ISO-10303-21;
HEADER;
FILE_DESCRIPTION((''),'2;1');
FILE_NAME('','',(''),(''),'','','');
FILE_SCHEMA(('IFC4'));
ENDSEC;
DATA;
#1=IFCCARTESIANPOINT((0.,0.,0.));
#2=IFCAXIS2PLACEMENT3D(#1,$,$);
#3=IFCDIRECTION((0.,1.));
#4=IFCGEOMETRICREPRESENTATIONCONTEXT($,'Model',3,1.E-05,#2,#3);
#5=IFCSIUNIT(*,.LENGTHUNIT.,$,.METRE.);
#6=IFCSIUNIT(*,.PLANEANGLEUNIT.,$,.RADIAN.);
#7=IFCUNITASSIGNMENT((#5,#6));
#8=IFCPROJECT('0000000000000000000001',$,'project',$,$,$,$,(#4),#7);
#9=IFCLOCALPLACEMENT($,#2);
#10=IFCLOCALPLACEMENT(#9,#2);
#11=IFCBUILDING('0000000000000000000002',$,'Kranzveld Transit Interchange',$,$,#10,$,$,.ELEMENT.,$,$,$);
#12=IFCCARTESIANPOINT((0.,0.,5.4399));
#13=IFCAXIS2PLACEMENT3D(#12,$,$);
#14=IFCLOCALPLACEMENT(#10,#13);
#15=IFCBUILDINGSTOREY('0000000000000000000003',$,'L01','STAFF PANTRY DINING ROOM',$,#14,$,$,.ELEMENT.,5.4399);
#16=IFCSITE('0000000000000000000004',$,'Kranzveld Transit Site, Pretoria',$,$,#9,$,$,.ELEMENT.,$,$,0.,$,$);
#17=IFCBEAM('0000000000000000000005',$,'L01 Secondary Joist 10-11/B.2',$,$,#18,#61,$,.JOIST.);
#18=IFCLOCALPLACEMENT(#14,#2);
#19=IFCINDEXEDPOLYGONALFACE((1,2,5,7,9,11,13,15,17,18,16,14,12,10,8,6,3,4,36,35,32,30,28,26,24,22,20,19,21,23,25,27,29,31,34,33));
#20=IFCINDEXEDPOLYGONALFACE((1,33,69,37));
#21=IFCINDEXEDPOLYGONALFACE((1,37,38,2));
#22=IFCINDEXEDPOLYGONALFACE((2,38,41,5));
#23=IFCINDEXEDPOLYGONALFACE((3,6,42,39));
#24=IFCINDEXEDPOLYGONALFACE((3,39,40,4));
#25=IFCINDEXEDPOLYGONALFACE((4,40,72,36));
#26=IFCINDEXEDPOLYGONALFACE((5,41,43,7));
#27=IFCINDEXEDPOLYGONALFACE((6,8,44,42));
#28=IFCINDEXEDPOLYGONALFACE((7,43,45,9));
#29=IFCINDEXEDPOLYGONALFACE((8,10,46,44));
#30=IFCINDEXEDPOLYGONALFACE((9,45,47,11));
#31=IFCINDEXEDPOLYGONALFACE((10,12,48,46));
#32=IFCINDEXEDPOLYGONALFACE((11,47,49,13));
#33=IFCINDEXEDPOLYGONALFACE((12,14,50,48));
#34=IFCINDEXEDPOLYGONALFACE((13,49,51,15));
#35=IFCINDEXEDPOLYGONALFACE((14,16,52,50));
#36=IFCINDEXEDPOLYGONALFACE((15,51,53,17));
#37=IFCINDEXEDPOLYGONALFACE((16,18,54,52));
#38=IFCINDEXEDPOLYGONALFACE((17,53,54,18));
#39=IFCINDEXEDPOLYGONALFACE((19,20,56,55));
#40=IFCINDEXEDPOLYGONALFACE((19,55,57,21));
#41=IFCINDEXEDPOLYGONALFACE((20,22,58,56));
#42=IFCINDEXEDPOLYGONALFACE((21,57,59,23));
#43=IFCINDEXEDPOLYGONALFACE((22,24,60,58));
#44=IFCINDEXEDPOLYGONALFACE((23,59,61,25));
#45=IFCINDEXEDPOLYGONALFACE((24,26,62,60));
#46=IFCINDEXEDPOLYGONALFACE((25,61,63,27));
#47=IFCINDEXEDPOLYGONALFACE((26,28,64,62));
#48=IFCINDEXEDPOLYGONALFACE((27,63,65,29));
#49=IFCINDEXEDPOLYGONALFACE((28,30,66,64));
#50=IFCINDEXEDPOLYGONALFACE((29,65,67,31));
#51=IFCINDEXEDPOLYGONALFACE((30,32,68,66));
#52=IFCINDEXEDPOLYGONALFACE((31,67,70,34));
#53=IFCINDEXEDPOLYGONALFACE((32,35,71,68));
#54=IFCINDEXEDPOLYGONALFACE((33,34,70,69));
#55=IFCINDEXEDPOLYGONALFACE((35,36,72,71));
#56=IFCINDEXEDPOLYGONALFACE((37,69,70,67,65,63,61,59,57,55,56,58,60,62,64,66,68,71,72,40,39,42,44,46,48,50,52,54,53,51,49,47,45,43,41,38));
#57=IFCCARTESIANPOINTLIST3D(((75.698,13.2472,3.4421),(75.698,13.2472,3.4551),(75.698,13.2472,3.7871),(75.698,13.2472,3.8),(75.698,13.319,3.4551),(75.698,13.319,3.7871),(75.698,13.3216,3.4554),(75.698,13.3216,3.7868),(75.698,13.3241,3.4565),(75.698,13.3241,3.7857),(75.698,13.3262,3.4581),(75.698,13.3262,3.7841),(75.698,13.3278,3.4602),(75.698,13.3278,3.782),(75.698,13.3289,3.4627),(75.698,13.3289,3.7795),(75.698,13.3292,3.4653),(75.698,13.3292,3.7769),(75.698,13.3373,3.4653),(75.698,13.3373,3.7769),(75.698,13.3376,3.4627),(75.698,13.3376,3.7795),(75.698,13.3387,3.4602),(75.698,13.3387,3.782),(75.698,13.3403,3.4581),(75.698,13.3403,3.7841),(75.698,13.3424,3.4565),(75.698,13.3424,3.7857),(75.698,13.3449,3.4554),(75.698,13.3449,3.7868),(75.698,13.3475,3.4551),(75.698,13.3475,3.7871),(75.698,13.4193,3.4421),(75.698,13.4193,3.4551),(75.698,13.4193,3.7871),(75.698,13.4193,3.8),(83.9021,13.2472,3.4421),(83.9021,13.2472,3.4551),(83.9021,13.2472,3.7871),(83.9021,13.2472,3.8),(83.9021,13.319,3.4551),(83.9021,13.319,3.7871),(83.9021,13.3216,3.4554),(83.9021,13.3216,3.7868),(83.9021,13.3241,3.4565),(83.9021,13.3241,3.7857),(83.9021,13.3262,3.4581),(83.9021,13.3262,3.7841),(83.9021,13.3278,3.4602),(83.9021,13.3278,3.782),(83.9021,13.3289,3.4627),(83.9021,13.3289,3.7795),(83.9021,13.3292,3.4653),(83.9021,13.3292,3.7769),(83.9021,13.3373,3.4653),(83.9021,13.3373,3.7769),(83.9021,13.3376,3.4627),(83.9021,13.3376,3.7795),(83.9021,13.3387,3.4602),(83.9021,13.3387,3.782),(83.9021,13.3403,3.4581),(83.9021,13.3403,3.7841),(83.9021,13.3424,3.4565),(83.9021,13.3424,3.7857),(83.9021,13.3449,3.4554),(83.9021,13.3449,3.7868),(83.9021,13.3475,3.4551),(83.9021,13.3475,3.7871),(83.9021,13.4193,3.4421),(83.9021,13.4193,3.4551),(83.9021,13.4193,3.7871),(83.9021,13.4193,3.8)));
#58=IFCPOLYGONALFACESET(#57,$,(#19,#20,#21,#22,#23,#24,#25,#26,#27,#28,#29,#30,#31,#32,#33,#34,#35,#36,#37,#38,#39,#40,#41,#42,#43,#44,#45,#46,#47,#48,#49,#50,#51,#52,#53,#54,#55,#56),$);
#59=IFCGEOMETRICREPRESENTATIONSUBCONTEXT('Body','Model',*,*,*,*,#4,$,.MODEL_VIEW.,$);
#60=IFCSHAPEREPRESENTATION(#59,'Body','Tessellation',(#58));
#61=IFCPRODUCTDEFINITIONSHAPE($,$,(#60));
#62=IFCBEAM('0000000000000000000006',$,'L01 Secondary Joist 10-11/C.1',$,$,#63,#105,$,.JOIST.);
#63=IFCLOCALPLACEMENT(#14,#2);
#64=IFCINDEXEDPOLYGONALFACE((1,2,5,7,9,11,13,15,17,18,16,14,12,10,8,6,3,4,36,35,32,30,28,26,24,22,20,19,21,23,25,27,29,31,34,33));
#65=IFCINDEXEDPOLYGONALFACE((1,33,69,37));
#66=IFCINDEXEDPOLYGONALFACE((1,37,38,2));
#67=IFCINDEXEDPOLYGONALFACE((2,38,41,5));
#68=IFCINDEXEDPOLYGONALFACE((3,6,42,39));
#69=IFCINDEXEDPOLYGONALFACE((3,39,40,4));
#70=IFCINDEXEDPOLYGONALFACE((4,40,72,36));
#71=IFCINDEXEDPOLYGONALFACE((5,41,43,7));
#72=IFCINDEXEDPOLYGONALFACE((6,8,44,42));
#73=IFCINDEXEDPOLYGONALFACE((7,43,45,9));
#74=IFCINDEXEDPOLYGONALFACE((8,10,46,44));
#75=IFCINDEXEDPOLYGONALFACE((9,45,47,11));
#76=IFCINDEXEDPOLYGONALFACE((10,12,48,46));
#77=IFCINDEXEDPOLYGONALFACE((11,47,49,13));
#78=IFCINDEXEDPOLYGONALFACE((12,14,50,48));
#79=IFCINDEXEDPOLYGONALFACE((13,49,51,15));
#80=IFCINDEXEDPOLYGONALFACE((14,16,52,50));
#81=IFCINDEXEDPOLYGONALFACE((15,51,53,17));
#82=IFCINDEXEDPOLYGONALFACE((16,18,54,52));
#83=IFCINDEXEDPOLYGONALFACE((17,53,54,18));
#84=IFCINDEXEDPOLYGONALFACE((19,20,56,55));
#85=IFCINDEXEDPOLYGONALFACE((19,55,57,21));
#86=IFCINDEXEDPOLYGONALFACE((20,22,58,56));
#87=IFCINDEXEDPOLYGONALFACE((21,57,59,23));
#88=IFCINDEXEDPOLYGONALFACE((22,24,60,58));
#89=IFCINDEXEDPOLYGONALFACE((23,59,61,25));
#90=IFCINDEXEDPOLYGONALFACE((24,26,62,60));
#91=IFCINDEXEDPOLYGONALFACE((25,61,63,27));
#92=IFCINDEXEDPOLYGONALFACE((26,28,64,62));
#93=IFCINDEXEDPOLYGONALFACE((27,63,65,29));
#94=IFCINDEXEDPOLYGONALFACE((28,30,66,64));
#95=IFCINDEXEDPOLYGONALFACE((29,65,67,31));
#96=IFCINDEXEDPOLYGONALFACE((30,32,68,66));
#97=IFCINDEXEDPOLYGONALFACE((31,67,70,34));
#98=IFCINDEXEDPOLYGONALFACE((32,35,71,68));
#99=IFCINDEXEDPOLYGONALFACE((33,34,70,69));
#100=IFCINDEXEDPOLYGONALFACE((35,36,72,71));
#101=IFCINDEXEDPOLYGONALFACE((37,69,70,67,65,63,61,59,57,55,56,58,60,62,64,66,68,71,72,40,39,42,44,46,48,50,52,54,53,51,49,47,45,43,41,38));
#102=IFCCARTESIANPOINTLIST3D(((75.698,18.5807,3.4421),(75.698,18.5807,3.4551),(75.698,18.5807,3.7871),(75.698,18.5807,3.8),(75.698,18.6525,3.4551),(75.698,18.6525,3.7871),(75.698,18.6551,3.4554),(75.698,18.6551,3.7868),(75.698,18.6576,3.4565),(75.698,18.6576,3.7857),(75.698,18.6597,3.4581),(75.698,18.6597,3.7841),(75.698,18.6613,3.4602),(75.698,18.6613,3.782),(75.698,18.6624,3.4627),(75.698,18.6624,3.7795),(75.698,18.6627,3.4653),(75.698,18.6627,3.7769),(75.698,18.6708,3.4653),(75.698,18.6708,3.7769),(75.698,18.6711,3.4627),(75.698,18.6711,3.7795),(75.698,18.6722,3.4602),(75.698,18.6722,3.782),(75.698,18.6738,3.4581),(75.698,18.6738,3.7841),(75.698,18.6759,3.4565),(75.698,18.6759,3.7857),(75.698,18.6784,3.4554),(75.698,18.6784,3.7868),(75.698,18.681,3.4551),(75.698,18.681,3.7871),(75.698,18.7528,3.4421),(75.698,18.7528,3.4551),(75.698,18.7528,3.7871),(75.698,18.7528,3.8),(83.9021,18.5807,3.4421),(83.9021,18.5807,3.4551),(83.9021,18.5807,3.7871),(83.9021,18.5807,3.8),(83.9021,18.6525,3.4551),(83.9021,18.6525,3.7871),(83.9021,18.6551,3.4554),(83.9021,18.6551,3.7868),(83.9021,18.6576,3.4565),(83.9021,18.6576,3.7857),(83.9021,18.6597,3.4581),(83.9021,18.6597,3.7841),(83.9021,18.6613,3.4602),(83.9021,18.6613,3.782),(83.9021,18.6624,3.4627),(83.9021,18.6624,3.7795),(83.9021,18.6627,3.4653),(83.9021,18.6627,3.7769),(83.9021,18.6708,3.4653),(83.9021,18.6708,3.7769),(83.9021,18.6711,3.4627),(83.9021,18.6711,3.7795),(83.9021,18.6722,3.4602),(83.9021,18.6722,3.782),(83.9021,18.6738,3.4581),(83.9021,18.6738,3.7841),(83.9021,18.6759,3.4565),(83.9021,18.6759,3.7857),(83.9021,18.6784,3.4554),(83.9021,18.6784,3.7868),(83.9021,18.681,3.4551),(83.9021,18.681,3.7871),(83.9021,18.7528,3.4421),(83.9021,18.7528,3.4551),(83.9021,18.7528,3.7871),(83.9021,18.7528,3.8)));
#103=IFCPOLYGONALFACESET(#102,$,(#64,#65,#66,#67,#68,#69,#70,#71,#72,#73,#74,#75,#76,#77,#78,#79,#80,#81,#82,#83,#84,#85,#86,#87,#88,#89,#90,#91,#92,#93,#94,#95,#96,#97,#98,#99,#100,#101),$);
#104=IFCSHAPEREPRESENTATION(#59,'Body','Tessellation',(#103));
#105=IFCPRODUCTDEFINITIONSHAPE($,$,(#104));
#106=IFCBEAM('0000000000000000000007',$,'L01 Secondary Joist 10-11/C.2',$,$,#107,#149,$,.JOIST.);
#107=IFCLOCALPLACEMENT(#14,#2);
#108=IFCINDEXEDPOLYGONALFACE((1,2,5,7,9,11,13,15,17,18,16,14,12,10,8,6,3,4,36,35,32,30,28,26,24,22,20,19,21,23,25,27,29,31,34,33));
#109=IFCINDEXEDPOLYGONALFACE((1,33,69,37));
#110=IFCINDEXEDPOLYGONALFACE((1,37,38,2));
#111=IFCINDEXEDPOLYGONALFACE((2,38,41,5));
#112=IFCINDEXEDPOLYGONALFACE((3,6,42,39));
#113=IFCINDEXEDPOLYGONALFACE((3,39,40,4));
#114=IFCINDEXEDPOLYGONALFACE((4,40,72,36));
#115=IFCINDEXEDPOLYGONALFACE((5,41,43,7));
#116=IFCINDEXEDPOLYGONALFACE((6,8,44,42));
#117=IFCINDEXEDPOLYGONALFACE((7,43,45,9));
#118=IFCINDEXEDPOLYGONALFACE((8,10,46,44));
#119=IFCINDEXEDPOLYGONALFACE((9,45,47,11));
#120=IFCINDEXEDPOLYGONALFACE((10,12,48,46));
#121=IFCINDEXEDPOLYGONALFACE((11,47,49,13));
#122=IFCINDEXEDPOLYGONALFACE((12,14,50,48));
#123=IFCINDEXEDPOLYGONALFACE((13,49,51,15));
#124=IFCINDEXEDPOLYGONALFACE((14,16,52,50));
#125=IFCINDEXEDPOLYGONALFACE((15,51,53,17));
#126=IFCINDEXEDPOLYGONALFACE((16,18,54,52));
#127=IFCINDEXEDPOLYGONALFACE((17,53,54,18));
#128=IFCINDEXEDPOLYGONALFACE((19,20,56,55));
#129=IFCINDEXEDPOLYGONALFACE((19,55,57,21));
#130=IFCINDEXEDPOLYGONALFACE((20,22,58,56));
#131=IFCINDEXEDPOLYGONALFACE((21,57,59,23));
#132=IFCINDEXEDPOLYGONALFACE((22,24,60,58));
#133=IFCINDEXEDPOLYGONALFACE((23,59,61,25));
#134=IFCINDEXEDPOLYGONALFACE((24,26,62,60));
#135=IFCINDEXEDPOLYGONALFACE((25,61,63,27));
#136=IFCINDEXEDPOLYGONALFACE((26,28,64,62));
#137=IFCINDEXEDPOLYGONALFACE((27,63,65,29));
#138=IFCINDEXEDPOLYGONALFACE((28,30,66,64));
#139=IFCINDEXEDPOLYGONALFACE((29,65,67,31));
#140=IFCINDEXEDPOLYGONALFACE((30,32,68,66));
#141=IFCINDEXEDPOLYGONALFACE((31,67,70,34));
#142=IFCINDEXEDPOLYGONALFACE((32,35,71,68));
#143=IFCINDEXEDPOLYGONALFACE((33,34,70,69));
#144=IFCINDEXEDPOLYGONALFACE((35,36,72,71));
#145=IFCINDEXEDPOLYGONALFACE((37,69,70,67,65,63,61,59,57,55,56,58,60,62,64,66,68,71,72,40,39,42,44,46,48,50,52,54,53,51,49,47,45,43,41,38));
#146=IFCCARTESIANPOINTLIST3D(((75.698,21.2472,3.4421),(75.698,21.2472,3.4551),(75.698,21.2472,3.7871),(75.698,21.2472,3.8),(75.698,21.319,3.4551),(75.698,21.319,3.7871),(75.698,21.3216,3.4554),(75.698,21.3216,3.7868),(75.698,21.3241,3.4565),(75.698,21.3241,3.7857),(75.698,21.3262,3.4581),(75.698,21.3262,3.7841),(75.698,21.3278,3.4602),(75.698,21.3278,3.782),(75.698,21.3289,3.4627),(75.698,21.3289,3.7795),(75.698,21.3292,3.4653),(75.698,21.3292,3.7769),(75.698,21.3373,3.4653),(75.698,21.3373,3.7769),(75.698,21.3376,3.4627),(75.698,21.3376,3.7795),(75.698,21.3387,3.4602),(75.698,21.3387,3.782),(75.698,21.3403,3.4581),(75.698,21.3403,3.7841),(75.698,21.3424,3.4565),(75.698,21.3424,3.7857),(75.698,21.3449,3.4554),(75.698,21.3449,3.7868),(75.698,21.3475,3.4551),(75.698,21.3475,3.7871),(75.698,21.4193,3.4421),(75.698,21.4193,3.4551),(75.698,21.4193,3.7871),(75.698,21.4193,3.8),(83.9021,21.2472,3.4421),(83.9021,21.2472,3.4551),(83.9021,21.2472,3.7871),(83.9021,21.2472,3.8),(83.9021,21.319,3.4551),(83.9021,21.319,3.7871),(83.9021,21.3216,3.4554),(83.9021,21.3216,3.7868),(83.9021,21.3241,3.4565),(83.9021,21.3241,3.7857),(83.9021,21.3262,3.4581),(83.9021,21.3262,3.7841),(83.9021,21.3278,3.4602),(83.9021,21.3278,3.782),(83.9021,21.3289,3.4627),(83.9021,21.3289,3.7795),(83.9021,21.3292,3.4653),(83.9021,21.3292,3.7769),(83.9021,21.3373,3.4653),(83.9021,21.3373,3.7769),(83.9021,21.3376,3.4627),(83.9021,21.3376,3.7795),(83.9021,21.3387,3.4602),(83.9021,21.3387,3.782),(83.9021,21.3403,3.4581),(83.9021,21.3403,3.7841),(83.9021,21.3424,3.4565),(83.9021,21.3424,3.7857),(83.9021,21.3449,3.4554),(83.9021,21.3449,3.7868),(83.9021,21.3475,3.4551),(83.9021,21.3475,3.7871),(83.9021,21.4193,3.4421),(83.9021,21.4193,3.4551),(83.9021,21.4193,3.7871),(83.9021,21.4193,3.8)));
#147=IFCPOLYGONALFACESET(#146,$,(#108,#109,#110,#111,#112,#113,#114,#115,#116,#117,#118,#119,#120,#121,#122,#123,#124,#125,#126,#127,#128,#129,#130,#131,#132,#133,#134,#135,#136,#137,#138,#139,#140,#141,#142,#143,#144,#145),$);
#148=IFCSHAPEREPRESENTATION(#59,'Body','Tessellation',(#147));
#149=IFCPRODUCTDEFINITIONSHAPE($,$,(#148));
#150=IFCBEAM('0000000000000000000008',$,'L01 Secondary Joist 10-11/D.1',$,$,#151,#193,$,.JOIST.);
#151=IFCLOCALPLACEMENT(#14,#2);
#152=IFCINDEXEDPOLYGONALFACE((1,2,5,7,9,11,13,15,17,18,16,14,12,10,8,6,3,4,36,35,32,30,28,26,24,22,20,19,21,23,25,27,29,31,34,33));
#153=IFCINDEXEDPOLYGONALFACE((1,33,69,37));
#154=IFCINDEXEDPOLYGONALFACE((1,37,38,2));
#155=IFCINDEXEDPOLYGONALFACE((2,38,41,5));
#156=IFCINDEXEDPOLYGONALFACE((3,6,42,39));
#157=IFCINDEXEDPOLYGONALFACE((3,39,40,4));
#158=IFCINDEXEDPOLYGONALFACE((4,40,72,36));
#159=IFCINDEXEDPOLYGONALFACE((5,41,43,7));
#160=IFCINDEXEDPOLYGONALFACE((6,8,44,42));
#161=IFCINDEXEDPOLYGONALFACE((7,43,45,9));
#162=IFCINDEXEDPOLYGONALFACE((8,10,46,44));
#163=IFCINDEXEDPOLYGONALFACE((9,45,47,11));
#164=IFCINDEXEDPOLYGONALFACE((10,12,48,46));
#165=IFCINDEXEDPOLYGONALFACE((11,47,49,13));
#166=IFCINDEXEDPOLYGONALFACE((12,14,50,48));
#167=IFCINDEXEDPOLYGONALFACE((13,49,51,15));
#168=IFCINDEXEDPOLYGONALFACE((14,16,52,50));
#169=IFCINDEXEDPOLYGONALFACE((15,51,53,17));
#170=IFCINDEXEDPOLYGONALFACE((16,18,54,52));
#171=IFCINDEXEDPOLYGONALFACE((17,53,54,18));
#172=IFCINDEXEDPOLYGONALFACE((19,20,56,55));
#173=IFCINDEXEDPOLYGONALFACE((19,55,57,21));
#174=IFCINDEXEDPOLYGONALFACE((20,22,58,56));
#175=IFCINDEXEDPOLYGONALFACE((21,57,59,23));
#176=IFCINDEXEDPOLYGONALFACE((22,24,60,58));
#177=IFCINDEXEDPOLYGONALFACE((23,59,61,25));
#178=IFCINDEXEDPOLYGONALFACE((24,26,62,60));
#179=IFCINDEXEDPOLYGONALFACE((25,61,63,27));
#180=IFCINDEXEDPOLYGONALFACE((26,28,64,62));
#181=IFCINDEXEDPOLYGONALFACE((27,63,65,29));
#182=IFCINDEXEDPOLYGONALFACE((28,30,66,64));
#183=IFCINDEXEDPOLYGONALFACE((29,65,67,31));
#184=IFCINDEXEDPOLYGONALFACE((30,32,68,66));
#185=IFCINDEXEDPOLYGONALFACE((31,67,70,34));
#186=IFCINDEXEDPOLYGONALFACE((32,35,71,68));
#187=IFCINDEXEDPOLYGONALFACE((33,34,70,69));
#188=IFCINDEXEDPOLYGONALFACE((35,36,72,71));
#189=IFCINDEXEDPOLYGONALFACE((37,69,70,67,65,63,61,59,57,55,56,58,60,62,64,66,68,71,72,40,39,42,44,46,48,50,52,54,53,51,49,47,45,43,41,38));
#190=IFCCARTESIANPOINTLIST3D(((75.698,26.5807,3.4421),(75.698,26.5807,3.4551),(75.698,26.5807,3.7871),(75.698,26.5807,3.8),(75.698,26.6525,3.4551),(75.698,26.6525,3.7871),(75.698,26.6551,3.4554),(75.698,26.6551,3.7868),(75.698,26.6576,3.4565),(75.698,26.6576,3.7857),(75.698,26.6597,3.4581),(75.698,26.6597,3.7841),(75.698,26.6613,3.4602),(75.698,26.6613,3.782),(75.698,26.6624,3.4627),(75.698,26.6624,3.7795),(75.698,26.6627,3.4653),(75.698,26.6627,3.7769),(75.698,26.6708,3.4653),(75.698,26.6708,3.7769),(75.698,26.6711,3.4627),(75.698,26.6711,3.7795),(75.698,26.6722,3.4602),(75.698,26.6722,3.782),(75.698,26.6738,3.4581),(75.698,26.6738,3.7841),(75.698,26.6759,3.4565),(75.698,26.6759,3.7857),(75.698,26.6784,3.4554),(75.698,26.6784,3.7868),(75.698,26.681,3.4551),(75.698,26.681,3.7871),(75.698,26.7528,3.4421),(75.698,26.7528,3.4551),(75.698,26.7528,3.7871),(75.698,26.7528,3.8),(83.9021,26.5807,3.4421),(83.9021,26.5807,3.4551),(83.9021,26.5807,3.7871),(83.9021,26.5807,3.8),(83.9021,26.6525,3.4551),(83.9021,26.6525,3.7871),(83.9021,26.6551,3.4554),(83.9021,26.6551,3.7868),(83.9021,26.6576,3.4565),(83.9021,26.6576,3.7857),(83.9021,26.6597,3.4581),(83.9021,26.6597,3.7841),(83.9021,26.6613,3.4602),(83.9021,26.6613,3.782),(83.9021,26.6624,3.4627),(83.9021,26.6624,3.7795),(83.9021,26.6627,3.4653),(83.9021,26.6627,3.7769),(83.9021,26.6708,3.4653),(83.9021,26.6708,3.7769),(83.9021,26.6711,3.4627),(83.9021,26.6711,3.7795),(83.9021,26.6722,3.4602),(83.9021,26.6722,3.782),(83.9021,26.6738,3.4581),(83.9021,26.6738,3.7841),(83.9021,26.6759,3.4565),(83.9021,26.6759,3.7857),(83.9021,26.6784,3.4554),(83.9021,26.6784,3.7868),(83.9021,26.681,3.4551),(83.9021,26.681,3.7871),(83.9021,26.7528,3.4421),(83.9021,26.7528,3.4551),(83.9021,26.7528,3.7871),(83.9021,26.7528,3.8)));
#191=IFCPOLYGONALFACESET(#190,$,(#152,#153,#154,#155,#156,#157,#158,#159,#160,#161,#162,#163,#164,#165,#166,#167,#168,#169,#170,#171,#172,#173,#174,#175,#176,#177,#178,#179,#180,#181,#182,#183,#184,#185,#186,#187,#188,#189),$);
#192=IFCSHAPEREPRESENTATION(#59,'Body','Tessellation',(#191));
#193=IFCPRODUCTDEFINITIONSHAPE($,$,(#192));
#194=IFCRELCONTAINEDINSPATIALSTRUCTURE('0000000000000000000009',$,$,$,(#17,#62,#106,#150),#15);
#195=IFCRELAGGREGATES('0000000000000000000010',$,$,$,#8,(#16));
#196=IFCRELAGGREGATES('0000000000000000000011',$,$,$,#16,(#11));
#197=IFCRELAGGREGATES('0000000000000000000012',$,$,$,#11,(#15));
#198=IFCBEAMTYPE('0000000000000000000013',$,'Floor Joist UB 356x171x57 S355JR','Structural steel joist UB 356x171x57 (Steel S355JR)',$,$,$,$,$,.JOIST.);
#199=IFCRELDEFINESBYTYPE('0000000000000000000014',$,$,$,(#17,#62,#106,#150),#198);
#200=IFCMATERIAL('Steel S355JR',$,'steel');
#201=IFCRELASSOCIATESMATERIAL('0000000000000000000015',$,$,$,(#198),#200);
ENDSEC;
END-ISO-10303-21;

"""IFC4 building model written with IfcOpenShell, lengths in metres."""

from ifc_helpers import new_model, si_unit, direction, frame, origin, origin_2d, place, context, subcontext, project, spatial, i_section, extrude, material, material_profile, profile_set, type_object, element, save


model = new_model("IFC4")

# Units and contexts
model_context = context("Model", 3, precision=1e-05, world=origin(), true_north=direction((0.0, 1.0)))
body_context = subcontext(model_context, "Body", "Model", "MODEL_VIEW")
ifc_project = project(units=[si_unit("LENGTHUNIT", "METRE"), si_unit("PLANEANGLEUNIT", "RADIAN")], contexts=[model_context])

# Site, building, storey
site_placement = place(None, origin())
site = spatial("IfcSite", under=ifc_project, at=site_placement, Name="Kranzveld Transit Site, Pretoria", CompositionType="ELEMENT", RefElevation=0.0)
building_placement = place(site_placement, origin())
building = spatial("IfcBuilding", under=site, at=building_placement, Name="Kranzveld Transit Interchange", CompositionType="ELEMENT")
storey_placement = place(building_placement, frame((0.0, 0.0, 5.4399)))
storey = spatial("IfcBuildingStorey", under=building, at=storey_placement, Name="L01", Description="STAFF PANTRY DINING ROOM", CompositionType="ELEMENT", Elevation=5.4399)

# Beams
ifc_material_1 = material(Name="Steel S355JR", Category="steel")
ifc_material_profile_1 = material_profile(ifc_material_1, i_section(OverallWidth=0.1721, OverallDepth=0.3579, WebThickness=0.0081, FlangeThickness=0.0129, FilletRadius=0.0103, at=origin_2d()), Name="UB 356x171x57")
ifc_profile_set_1 = profile_set([ifc_material_profile_1], Name="Steel S355JR")
beam_type_1 = type_object("IfcBeamType", Name="Floor Joist UB 356x171x57 S355JR", Description="Structural steel joist UB 356x171x57 (Steel S355JR)", PredefinedType="JOIST", material=ifc_profile_set_1)
for number, where, z_axis, x_axis, name in (
    (1, (75.698, 13.3333, 3.6211), (1.0, 0.0, 0.0), (0.0, 1.0, 0.0), "L01 Secondary Joist 10-11/B.2"),
    (2, (75.698, 18.6667, 3.6211), (1.0, 0.0, 0.0), (0.0, 1.0, 0.0), "L01 Secondary Joist 10-11/C.1"),
    (3, (75.698, 21.3333, 3.6211), (1.0, 0.0, 0.0), (0.0, 1.0, 0.0), "L01 Secondary Joist 10-11/C.2"),
    (4, (75.698, 26.6667, 3.6211), (1.0, 0.0, 0.0), (0.0, 1.0, 0.0), "L01 Secondary Joist 10-11/D.1"),
):
    element("IfcBeam", number, at=place(storey_placement, frame(where, z_axis=z_axis, x_axis=x_axis)), inside=storey, type_object=beam_type_1, Name=name, PredefinedType="JOIST", context=body_context, shape_type="SweptSolid", body=[
        extrude(i_section(OverallWidth=0.1721, OverallDepth=0.3579, WebThickness=0.0081, FlangeThickness=0.0129, FilletRadius=0.0103, at=origin_2d()), origin(), (0.0, 0.0, 1.0), 8.2041),
    ])

save(model, "model.ifc")
